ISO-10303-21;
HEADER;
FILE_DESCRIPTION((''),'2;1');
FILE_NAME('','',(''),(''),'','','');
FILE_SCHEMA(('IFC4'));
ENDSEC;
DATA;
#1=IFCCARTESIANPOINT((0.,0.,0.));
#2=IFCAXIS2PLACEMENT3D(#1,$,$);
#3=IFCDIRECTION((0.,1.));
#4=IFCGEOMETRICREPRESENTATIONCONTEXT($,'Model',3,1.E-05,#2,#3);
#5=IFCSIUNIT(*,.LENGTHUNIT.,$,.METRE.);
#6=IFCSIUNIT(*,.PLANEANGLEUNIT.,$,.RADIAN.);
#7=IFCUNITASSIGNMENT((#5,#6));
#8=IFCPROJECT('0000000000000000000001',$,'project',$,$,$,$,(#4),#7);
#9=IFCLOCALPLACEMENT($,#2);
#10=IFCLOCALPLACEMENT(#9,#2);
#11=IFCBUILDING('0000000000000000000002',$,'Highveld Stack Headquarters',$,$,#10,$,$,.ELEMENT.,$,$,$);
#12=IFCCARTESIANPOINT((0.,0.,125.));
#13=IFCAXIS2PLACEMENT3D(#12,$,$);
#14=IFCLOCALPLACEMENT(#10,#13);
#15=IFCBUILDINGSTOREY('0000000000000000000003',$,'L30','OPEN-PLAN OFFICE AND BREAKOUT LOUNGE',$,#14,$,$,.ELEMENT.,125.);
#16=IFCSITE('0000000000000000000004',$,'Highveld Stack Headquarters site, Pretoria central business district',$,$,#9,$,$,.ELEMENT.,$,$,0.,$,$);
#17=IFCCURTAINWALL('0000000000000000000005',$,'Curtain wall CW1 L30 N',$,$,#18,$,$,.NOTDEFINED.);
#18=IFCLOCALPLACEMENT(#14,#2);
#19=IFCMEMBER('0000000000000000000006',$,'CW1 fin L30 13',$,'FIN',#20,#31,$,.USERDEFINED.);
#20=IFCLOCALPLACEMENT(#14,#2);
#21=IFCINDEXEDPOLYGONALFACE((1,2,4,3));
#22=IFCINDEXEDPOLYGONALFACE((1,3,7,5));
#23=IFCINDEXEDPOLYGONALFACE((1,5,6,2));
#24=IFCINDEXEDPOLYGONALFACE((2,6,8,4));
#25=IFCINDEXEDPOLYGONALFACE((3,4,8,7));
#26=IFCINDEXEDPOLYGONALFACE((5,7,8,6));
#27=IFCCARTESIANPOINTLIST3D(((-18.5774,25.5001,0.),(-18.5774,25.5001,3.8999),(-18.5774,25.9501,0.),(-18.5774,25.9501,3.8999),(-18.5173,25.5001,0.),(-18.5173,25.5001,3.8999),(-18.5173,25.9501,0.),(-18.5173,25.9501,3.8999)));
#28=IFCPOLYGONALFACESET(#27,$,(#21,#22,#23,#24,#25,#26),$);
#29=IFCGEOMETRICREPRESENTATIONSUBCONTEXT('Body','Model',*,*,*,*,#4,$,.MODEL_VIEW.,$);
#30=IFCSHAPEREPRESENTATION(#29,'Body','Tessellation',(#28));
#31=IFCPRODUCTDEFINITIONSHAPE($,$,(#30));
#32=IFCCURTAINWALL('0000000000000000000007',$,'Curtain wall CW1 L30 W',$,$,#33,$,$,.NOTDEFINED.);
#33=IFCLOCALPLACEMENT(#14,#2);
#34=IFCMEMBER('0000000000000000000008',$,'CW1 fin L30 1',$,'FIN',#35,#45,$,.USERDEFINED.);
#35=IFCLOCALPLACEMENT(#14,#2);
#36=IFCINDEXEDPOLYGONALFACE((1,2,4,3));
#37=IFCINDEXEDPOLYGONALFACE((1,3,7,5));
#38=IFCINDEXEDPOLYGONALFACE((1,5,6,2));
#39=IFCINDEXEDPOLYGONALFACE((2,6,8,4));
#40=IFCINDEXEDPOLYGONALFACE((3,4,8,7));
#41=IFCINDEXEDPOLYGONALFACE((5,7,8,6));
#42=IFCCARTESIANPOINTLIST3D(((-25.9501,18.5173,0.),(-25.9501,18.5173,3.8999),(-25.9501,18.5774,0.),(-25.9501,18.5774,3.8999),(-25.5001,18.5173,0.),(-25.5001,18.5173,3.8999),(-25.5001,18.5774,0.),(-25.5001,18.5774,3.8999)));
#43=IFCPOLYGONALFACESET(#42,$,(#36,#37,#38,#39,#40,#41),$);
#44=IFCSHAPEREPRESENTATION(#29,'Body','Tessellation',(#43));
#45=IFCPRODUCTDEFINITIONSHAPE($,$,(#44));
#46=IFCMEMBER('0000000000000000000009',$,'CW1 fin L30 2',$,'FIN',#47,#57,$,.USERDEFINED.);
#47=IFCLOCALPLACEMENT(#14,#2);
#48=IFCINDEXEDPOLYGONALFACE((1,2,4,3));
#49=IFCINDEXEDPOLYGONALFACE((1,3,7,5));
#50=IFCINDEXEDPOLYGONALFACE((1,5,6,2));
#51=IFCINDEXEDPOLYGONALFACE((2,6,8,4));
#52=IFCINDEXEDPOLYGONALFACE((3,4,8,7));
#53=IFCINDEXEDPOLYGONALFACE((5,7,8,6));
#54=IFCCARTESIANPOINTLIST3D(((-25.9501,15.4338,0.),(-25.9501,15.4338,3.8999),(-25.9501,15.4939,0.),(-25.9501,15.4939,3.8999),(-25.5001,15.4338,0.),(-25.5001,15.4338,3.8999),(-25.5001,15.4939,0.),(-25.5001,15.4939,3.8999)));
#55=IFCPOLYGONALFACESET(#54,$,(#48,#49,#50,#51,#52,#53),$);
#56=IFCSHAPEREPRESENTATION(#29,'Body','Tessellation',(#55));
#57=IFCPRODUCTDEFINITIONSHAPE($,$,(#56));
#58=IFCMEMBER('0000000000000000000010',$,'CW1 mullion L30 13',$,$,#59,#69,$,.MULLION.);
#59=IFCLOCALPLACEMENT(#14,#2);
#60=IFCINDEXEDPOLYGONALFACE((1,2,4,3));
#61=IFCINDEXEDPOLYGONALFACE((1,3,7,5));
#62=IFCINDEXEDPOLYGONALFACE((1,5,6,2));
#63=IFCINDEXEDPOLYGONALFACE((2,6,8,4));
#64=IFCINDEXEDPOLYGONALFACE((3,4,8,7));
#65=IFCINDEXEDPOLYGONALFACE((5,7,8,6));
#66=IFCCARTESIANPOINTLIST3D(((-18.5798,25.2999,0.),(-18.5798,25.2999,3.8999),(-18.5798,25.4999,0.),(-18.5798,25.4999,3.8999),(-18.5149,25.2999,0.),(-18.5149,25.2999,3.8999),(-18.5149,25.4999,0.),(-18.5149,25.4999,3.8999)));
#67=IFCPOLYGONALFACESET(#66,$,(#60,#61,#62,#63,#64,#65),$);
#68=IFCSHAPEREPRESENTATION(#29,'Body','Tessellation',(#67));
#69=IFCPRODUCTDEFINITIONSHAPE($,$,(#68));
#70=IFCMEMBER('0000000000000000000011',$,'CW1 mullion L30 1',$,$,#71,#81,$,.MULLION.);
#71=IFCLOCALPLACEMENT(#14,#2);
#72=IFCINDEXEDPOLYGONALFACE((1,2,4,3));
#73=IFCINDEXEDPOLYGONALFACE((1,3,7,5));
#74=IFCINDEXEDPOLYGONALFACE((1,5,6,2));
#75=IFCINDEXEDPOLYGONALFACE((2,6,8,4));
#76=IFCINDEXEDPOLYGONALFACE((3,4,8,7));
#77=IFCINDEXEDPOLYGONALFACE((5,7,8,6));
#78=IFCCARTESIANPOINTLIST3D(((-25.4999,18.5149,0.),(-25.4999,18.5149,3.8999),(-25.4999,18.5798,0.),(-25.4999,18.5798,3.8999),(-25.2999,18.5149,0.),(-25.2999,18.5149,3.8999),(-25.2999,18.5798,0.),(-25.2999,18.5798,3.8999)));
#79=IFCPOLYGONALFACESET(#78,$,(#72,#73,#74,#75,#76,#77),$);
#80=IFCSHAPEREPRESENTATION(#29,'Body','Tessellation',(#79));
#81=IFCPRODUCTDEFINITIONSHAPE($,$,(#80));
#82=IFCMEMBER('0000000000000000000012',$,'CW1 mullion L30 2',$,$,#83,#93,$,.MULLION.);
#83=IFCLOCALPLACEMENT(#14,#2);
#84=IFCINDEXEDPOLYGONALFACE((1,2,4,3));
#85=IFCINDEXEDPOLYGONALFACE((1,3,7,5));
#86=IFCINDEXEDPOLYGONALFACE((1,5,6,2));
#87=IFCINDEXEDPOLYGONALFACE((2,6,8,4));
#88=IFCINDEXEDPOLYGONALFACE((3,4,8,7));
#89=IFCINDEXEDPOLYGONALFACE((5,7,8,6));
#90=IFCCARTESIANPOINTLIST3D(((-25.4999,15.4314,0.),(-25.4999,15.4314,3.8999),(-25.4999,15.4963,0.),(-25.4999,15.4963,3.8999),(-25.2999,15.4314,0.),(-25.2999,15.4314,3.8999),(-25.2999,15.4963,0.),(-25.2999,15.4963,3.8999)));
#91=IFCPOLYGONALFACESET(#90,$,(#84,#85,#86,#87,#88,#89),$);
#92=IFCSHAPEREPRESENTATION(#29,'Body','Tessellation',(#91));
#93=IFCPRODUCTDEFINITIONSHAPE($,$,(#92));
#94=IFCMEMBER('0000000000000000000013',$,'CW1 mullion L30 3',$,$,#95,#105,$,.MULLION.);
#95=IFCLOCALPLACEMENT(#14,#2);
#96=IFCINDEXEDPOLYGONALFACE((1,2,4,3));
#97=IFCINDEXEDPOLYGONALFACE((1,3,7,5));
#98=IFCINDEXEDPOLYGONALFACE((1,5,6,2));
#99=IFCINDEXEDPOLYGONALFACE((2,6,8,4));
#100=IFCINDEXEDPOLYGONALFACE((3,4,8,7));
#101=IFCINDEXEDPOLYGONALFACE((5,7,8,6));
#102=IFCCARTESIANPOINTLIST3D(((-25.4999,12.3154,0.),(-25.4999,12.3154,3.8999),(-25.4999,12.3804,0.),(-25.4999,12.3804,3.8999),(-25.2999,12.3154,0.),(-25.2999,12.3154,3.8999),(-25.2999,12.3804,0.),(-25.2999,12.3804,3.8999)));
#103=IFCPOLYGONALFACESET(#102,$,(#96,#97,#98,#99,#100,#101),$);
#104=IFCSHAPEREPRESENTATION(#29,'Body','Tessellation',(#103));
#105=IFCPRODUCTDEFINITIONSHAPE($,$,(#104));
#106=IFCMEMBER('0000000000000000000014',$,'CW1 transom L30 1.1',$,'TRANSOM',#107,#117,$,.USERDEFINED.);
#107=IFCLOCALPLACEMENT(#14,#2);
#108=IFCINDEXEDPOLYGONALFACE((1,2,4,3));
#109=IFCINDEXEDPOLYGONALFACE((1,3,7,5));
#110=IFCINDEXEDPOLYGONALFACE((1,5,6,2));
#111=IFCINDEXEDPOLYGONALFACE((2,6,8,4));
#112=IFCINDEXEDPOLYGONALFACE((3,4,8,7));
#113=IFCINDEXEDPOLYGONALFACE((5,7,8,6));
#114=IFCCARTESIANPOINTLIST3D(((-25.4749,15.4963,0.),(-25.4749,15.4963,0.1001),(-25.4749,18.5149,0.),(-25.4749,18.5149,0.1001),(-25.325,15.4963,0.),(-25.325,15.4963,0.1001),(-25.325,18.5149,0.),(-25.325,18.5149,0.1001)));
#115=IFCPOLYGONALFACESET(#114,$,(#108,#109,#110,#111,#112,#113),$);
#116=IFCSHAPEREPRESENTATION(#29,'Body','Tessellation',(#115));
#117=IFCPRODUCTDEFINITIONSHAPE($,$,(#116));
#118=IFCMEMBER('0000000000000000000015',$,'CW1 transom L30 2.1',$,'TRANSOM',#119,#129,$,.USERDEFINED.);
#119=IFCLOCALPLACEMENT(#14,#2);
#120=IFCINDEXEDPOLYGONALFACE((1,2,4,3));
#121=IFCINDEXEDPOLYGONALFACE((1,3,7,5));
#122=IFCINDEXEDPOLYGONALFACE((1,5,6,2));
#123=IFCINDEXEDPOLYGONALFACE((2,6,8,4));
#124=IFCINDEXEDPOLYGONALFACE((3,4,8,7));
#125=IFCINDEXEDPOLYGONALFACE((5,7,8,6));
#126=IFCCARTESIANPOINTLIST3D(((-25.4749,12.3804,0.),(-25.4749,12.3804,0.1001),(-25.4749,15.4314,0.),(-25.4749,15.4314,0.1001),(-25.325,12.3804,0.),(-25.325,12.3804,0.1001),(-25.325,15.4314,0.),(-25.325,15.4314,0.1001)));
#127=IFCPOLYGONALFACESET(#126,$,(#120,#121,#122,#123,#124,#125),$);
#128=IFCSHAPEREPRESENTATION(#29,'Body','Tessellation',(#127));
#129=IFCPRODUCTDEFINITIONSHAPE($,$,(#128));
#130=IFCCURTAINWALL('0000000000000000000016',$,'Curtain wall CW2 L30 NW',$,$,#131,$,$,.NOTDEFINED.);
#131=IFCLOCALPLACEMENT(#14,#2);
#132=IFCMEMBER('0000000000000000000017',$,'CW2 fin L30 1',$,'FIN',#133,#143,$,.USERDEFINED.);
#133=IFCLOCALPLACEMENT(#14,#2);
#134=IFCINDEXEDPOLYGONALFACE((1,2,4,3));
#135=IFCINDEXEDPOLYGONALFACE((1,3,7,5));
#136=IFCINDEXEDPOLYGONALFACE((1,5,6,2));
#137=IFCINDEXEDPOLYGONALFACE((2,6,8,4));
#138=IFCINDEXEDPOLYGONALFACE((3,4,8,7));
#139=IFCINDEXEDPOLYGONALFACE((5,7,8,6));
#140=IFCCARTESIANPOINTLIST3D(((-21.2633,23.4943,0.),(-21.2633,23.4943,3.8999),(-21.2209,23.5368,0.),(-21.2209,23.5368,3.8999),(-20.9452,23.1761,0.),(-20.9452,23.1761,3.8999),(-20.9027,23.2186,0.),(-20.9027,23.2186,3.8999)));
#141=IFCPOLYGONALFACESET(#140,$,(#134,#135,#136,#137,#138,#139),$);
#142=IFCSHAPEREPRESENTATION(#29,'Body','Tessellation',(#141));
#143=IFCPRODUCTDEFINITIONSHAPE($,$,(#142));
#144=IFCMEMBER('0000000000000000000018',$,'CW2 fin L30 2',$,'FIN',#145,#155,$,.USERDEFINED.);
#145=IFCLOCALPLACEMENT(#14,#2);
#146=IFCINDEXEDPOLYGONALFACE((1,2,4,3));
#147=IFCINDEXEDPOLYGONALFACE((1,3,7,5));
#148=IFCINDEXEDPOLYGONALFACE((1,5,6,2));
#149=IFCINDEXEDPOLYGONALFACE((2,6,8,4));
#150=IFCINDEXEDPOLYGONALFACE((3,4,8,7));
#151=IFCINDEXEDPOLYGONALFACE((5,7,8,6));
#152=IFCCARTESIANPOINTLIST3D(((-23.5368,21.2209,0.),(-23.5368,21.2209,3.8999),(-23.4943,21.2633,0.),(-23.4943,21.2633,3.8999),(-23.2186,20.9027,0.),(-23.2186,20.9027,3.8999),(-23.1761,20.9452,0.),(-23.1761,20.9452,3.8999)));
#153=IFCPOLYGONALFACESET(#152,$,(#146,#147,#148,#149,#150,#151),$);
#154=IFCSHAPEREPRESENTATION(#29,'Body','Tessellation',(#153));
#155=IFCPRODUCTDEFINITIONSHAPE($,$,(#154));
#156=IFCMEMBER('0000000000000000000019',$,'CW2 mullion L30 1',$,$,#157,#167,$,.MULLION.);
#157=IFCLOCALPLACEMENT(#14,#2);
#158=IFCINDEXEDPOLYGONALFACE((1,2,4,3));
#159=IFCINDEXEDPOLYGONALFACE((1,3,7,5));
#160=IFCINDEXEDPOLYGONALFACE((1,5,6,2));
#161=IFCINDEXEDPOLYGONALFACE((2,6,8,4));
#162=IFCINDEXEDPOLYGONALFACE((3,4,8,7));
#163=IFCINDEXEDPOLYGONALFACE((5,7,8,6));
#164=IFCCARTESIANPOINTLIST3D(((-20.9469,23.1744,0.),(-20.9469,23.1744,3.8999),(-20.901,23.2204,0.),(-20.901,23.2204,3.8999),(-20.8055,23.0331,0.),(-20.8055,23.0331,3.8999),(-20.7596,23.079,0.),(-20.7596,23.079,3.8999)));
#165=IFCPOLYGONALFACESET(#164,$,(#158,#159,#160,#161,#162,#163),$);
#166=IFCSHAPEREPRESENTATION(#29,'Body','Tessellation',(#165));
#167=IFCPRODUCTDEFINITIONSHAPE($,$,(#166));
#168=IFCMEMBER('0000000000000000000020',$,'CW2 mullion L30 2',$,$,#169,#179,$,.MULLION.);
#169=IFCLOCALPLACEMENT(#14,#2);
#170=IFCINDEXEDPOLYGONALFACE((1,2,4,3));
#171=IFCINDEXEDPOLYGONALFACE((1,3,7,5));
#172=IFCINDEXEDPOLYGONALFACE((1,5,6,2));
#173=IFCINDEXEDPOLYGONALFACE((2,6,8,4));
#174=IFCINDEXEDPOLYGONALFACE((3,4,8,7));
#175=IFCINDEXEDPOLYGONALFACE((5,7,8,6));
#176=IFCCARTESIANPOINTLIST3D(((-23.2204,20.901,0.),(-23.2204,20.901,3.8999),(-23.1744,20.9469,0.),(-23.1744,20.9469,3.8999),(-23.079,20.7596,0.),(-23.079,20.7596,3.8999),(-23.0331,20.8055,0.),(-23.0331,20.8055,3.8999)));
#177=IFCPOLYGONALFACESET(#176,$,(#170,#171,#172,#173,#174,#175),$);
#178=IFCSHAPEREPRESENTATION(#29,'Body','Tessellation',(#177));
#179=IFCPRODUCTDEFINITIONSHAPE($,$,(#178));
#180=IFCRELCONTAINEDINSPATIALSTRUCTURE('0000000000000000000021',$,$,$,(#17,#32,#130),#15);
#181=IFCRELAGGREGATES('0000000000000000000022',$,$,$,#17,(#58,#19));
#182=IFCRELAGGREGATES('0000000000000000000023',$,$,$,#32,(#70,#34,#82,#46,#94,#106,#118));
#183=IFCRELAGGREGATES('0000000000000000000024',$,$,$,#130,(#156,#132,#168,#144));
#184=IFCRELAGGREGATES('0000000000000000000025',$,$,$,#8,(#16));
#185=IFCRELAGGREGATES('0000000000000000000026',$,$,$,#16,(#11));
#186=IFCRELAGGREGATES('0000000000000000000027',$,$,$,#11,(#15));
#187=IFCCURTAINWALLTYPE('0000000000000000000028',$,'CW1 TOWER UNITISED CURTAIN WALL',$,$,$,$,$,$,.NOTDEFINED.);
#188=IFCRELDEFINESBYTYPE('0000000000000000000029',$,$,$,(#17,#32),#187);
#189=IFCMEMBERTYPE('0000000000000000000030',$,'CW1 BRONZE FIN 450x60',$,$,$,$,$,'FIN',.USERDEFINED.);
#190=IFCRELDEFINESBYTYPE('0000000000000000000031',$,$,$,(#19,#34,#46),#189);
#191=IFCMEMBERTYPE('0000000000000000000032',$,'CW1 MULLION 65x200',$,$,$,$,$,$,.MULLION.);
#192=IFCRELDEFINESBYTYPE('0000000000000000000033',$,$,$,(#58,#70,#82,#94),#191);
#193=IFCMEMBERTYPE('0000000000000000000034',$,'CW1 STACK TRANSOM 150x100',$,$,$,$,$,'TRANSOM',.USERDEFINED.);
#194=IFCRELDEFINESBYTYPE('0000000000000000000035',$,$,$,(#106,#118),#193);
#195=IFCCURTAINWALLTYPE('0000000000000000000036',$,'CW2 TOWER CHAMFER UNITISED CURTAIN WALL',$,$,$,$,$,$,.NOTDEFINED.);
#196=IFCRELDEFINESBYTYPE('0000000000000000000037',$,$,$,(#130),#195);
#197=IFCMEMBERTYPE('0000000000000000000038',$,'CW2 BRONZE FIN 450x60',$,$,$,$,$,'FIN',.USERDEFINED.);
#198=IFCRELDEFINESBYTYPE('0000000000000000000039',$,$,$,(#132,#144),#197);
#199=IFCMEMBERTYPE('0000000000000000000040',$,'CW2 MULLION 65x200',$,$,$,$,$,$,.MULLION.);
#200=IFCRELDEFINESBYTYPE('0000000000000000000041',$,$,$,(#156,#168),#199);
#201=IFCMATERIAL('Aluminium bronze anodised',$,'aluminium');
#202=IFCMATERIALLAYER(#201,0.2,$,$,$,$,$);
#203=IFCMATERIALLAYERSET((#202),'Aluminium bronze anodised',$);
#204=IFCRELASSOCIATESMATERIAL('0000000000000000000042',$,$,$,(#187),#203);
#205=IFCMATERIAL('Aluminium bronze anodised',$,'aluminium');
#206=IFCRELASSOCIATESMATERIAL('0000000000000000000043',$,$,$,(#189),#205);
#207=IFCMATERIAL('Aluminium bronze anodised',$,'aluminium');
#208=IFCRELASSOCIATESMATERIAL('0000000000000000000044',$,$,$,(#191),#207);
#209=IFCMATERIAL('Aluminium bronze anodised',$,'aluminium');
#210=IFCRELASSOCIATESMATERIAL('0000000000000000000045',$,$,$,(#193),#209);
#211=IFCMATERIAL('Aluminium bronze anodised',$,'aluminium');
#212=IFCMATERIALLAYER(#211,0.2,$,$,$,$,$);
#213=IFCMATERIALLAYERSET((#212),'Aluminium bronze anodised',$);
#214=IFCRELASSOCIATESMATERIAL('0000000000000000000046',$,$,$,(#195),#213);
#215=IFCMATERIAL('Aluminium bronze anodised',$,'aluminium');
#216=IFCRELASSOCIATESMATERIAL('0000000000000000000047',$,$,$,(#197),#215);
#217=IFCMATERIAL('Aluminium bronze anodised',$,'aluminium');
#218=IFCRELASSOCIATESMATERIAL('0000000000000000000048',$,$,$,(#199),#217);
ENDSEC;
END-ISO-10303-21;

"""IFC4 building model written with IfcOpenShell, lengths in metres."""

from ifc_helpers import new_model, si_unit, direction, frame, origin, origin_2d, place, context, subcontext, project, spatial, rectangle, extrude, material, layer, layer_set, material_profile, profile_set, type_object, element, aggregate, save


model = new_model("IFC4")

# Units and contexts
model_context = context("Model", 3, precision=1e-05, world=origin(), true_north=direction((0.0, 1.0)))
body_context = subcontext(model_context, "Body", "Model", "MODEL_VIEW")
ifc_project = project(units=[si_unit("LENGTHUNIT", "METRE"), si_unit("PLANEANGLEUNIT", "RADIAN")], contexts=[model_context])

# Site, building, storey
site_placement = place(None, origin())
site = spatial("IfcSite", under=ifc_project, at=site_placement, Name="Highveld Stack Headquarters site, Pretoria central business district", CompositionType="ELEMENT", RefElevation=0.0)
building_placement = place(site_placement, origin())
building = spatial("IfcBuilding", under=site, at=building_placement, Name="Highveld Stack Headquarters", CompositionType="ELEMENT")
storey_placement = place(building_placement, frame((0.0, 0.0, 125.0)))
storey = spatial("IfcBuildingStorey", under=building, at=storey_placement, Name="L30", Description="OPEN-PLAN OFFICE AND BREAKOUT LOUNGE", CompositionType="ELEMENT", Elevation=125.0)

# Curtain wall, member
ifc_material_1 = material(Name="Aluminium bronze anodised", Category="aluminium")
ifc_layer_1 = layer(ifc_material_1, 0.2)
ifc_layer_set_1 = layer_set([ifc_layer_1], Name="Aluminium bronze anodised")
curtain_wall_type_1 = type_object("IfcCurtainWallType", Name="CW1 TOWER UNITISED CURTAIN WALL", PredefinedType="NOTDEFINED", material=ifc_layer_set_1)
curtain_wall_1_placement = place(storey_placement, origin())
curtain_wall_1 = element("IfcCurtainWall", 1, at=curtain_wall_1_placement, inside=storey, type_object=curtain_wall_type_1, Name="Curtain wall CW1 L30 N", PredefinedType="NOTDEFINED")
ifc_material_2 = material(Name="Aluminium bronze anodised", Category="aluminium")
ifc_material_profile_1 = material_profile(ifc_material_2, rectangle(XDim=0.45, YDim=0.0601, at=origin_2d()), Name="FIN 450x60")
ifc_profile_set_1 = profile_set([ifc_material_profile_1], Name="Aluminium bronze anodised")
member_type_1 = type_object("IfcMemberType", Name="CW1 BRONZE FIN 450x60", ElementType="FIN", PredefinedType="USERDEFINED", material=ifc_profile_set_1)
member_1_placement = place(storey_placement, frame((-18.5474, 25.7251, 0.0), z_axis=(0.0, 0.0, 1.0), x_axis=(0.0, -1.0, 0.0)))
member_1 = element("IfcMember", 2, at=member_1_placement, type_object=member_type_1, Name="CW1 fin L30 13", ObjectType="FIN", PredefinedType="USERDEFINED", context=body_context, shape_type="SweptSolid", body=[
    extrude(rectangle(XDim=0.45, YDim=0.0601, at=origin_2d()), origin(), (0.0, 0.0, 1.0), 3.8999),
])

# Curtain wall, members
curtain_wall_2_placement = place(storey_placement, origin())
curtain_wall_2 = element("IfcCurtainWall", 3, at=curtain_wall_2_placement, inside=storey, type_object=curtain_wall_type_1, Name="Curtain wall CW1 L30 W", PredefinedType="NOTDEFINED")
member_2_placement = place(storey_placement, frame((-25.7251, 18.5474, 0.0), z_axis=(0.0, 0.0, 1.0), x_axis=(1.0, 0.0, 0.0)))
member_2 = element("IfcMember", 4, at=member_2_placement, type_object=member_type_1, Name="CW1 fin L30 1", ObjectType="FIN", PredefinedType="USERDEFINED", context=body_context, shape_type="SweptSolid", body=[
    extrude(rectangle(XDim=0.45, YDim=0.0601, at=origin_2d()), origin(), (0.0, 0.0, 1.0), 3.8999),
])
member_3_placement = place(storey_placement, frame((-25.7251, 15.4639, 0.0), z_axis=(0.0, 0.0, 1.0), x_axis=(1.0, 0.0, 0.0)))
member_3 = element("IfcMember", 5, at=member_3_placement, type_object=member_type_1, Name="CW1 fin L30 2", ObjectType="FIN", PredefinedType="USERDEFINED", context=body_context, shape_type="SweptSolid", body=[
    extrude(rectangle(XDim=0.45, YDim=0.0601, at=origin_2d()), origin(), (0.0, 0.0, 1.0), 3.8999),
])

# Members
ifc_material_3 = material(Name="Aluminium bronze anodised", Category="aluminium")
ifc_material_profile_2 = material_profile(ifc_material_3, rectangle(XDim=0.2, YDim=0.0649, at=origin_2d()), Name="CW1 MULLION 65x200")
ifc_profile_set_2 = profile_set([ifc_material_profile_2], Name="Aluminium bronze anodised")
member_type_2 = type_object("IfcMemberType", Name="CW1 MULLION 65x200", PredefinedType="MULLION", material=ifc_profile_set_2)
member_4_placement = place(storey_placement, frame((-18.5474, 25.3999, 0.0), z_axis=(0.0, 0.0, 1.0), x_axis=(0.0, -1.0, 0.0)))
member_4 = element("IfcMember", 6, at=member_4_placement, type_object=member_type_2, Name="CW1 mullion L30 13", PredefinedType="MULLION", context=body_context, shape_type="SweptSolid", body=[
    extrude(rectangle(XDim=0.2, YDim=0.0649, at=origin_2d()), origin(), (0.0, 0.0, 1.0), 3.8999),
])
aggregate(curtain_wall_1, [member_4, member_1])
member_5_placement = place(storey_placement, frame((-25.3999, 18.5474, 0.0), z_axis=(0.0, 0.0, 1.0), x_axis=(1.0, 0.0, 0.0)))
member_5 = element("IfcMember", 7, at=member_5_placement, type_object=member_type_2, Name="CW1 mullion L30 1", PredefinedType="MULLION", context=body_context, shape_type="SweptSolid", body=[
    extrude(rectangle(XDim=0.2, YDim=0.0649, at=origin_2d()), origin(), (0.0, 0.0, 1.0), 3.8999),
])
member_6_placement = place(storey_placement, frame((-25.3999, 15.4639, 0.0), z_axis=(0.0, 0.0, 1.0), x_axis=(1.0, 0.0, 0.0)))
member_6 = element("IfcMember", 8, at=member_6_placement, type_object=member_type_2, Name="CW1 mullion L30 2", PredefinedType="MULLION", context=body_context, shape_type="SweptSolid", body=[
    extrude(rectangle(XDim=0.2, YDim=0.0649, at=origin_2d()), origin(), (0.0, 0.0, 1.0), 3.8999),
])
member_7_placement = place(storey_placement, frame((-25.3999, 12.3479, 0.0), z_axis=(0.0, 0.0, 1.0), x_axis=(1.0, 0.0, 0.0)))
member_7 = element("IfcMember", 9, at=member_7_placement, type_object=member_type_2, Name="CW1 mullion L30 3", PredefinedType="MULLION", context=body_context, shape_type="SweptSolid", body=[
    extrude(rectangle(XDim=0.2, YDim=0.0649, at=origin_2d()), origin(), (0.0, 0.0, 1.0), 3.8999),
])
ifc_material_4 = material(Name="Aluminium bronze anodised", Category="aluminium")
ifc_material_profile_3 = material_profile(ifc_material_4, rectangle(XDim=0.1499, YDim=0.1001, at=origin_2d()), Name="CW1 TRANSOM 150x100")
ifc_profile_set_3 = profile_set([ifc_material_profile_3], Name="Aluminium bronze anodised")
member_type_3 = type_object("IfcMemberType", Name="CW1 STACK TRANSOM 150x100", ElementType="TRANSOM", PredefinedType="USERDEFINED", material=ifc_profile_set_3)
member_8_placement = place(storey_placement, frame((-25.3999, 18.5149, 0.05), z_axis=(0.0, -1.0, 0.0), x_axis=(1.0, 0.0, 0.0)))
member_8 = element("IfcMember", 10, at=member_8_placement, type_object=member_type_3, Name="CW1 transom L30 1.1", ObjectType="TRANSOM", PredefinedType="USERDEFINED", context=body_context, shape_type="SweptSolid", body=[
    extrude(rectangle(XDim=0.1499, YDim=0.1001, at=origin_2d()), origin(), (0.0, 0.0, 1.0), 3.0186),
])
member_9_placement = place(storey_placement, frame((-25.3999, 15.4314, 0.05), z_axis=(0.0, -1.0, 0.0), x_axis=(1.0, 0.0, 0.0)))
member_9 = element("IfcMember", 11, at=member_9_placement, type_object=member_type_3, Name="CW1 transom L30 2.1", ObjectType="TRANSOM", PredefinedType="USERDEFINED", context=body_context, shape_type="SweptSolid", body=[
    extrude(rectangle(XDim=0.1499, YDim=0.1001, at=origin_2d()), origin(), (0.0, 0.0, 1.0), 3.051),
])

# Curtain wall, members
ifc_material_5 = material(Name="Aluminium bronze anodised", Category="aluminium")
ifc_layer_2 = layer(ifc_material_5, 0.2)
ifc_layer_set_2 = layer_set([ifc_layer_2], Name="Aluminium bronze anodised")
curtain_wall_type_2 = type_object("IfcCurtainWallType", Name="CW2 TOWER CHAMFER UNITISED CURTAIN WALL", PredefinedType="NOTDEFINED", material=ifc_layer_set_2)
curtain_wall_3_placement = place(storey_placement, origin())
curtain_wall_3 = element("IfcCurtainWall", 12, at=curtain_wall_3_placement, inside=storey, type_object=curtain_wall_type_2, Name="Curtain wall CW2 L30 NW", PredefinedType="NOTDEFINED")
ifc_material_6 = material(Name="Aluminium bronze anodised", Category="aluminium")
ifc_material_profile_4 = material_profile(ifc_material_6, rectangle(XDim=0.45, YDim=0.0601, at=origin_2d()), Name="FIN 450x60")
ifc_profile_set_4 = profile_set([ifc_material_profile_4], Name="Aluminium bronze anodised")
member_type_4 = type_object("IfcMemberType", Name="CW2 BRONZE FIN 450x60", ElementType="FIN", PredefinedType="USERDEFINED", material=ifc_profile_set_4)
member_10_placement = place(storey_placement, frame((-21.083, 23.3564, 0.0), z_axis=(0.0, 0.0, 1.0), x_axis=(0.707107, -0.707107, 0.0)))
member_10 = element("IfcMember", 13, at=member_10_placement, type_object=member_type_4, Name="CW2 fin L30 1", ObjectType="FIN", PredefinedType="USERDEFINED", context=body_context, shape_type="SweptSolid", body=[
    extrude(rectangle(XDim=0.45, YDim=0.0601, at=origin_2d()), origin(), (0.0, 0.0, 1.0), 3.8999),
])
member_11_placement = place(storey_placement, frame((-23.3564, 21.083, 0.0), z_axis=(0.0, 0.0, 1.0), x_axis=(0.707107, -0.707107, 0.0)))
member_11 = element("IfcMember", 14, at=member_11_placement, type_object=member_type_4, Name="CW2 fin L30 2", ObjectType="FIN", PredefinedType="USERDEFINED", context=body_context, shape_type="SweptSolid", body=[
    extrude(rectangle(XDim=0.45, YDim=0.0601, at=origin_2d()), origin(), (0.0, 0.0, 1.0), 3.8999),
])
ifc_material_7 = material(Name="Aluminium bronze anodised", Category="aluminium")
ifc_material_profile_5 = material_profile(ifc_material_7, rectangle(XDim=0.2, YDim=0.0649, at=origin_2d()), Name="CW2 MULLION 65x200")
ifc_profile_set_5 = profile_set([ifc_material_profile_5], Name="Aluminium bronze anodised")
member_type_5 = type_object("IfcMemberType", Name="CW2 MULLION 65x200", PredefinedType="MULLION", material=ifc_profile_set_5)
member_12_placement = place(storey_placement, frame((-20.8533, 23.1267, 0.0), z_axis=(0.0, 0.0, 1.0), x_axis=(0.707107, -0.707107, 0.0)))
member_12 = element("IfcMember", 15, at=member_12_placement, type_object=member_type_5, Name="CW2 mullion L30 1", PredefinedType="MULLION", context=body_context, shape_type="SweptSolid", body=[
    extrude(rectangle(XDim=0.2, YDim=0.0649, at=origin_2d()), origin(), (0.0, 0.0, 1.0), 3.8999),
])
member_13_placement = place(storey_placement, frame((-23.1267, 20.8533, 0.0), z_axis=(0.0, 0.0, 1.0), x_axis=(0.707107, -0.707107, 0.0)))
member_13 = element("IfcMember", 16, at=member_13_placement, type_object=member_type_5, Name="CW2 mullion L30 2", PredefinedType="MULLION", context=body_context, shape_type="SweptSolid", body=[
    extrude(rectangle(XDim=0.2, YDim=0.0649, at=origin_2d()), origin(), (0.0, 0.0, 1.0), 3.8999),
])

aggregate(curtain_wall_2, [member_5, member_2, member_6, member_3, member_7, member_8, member_9])
aggregate(curtain_wall_3, [member_12, member_10, member_13, member_11])

save(model, "model.ifc")
